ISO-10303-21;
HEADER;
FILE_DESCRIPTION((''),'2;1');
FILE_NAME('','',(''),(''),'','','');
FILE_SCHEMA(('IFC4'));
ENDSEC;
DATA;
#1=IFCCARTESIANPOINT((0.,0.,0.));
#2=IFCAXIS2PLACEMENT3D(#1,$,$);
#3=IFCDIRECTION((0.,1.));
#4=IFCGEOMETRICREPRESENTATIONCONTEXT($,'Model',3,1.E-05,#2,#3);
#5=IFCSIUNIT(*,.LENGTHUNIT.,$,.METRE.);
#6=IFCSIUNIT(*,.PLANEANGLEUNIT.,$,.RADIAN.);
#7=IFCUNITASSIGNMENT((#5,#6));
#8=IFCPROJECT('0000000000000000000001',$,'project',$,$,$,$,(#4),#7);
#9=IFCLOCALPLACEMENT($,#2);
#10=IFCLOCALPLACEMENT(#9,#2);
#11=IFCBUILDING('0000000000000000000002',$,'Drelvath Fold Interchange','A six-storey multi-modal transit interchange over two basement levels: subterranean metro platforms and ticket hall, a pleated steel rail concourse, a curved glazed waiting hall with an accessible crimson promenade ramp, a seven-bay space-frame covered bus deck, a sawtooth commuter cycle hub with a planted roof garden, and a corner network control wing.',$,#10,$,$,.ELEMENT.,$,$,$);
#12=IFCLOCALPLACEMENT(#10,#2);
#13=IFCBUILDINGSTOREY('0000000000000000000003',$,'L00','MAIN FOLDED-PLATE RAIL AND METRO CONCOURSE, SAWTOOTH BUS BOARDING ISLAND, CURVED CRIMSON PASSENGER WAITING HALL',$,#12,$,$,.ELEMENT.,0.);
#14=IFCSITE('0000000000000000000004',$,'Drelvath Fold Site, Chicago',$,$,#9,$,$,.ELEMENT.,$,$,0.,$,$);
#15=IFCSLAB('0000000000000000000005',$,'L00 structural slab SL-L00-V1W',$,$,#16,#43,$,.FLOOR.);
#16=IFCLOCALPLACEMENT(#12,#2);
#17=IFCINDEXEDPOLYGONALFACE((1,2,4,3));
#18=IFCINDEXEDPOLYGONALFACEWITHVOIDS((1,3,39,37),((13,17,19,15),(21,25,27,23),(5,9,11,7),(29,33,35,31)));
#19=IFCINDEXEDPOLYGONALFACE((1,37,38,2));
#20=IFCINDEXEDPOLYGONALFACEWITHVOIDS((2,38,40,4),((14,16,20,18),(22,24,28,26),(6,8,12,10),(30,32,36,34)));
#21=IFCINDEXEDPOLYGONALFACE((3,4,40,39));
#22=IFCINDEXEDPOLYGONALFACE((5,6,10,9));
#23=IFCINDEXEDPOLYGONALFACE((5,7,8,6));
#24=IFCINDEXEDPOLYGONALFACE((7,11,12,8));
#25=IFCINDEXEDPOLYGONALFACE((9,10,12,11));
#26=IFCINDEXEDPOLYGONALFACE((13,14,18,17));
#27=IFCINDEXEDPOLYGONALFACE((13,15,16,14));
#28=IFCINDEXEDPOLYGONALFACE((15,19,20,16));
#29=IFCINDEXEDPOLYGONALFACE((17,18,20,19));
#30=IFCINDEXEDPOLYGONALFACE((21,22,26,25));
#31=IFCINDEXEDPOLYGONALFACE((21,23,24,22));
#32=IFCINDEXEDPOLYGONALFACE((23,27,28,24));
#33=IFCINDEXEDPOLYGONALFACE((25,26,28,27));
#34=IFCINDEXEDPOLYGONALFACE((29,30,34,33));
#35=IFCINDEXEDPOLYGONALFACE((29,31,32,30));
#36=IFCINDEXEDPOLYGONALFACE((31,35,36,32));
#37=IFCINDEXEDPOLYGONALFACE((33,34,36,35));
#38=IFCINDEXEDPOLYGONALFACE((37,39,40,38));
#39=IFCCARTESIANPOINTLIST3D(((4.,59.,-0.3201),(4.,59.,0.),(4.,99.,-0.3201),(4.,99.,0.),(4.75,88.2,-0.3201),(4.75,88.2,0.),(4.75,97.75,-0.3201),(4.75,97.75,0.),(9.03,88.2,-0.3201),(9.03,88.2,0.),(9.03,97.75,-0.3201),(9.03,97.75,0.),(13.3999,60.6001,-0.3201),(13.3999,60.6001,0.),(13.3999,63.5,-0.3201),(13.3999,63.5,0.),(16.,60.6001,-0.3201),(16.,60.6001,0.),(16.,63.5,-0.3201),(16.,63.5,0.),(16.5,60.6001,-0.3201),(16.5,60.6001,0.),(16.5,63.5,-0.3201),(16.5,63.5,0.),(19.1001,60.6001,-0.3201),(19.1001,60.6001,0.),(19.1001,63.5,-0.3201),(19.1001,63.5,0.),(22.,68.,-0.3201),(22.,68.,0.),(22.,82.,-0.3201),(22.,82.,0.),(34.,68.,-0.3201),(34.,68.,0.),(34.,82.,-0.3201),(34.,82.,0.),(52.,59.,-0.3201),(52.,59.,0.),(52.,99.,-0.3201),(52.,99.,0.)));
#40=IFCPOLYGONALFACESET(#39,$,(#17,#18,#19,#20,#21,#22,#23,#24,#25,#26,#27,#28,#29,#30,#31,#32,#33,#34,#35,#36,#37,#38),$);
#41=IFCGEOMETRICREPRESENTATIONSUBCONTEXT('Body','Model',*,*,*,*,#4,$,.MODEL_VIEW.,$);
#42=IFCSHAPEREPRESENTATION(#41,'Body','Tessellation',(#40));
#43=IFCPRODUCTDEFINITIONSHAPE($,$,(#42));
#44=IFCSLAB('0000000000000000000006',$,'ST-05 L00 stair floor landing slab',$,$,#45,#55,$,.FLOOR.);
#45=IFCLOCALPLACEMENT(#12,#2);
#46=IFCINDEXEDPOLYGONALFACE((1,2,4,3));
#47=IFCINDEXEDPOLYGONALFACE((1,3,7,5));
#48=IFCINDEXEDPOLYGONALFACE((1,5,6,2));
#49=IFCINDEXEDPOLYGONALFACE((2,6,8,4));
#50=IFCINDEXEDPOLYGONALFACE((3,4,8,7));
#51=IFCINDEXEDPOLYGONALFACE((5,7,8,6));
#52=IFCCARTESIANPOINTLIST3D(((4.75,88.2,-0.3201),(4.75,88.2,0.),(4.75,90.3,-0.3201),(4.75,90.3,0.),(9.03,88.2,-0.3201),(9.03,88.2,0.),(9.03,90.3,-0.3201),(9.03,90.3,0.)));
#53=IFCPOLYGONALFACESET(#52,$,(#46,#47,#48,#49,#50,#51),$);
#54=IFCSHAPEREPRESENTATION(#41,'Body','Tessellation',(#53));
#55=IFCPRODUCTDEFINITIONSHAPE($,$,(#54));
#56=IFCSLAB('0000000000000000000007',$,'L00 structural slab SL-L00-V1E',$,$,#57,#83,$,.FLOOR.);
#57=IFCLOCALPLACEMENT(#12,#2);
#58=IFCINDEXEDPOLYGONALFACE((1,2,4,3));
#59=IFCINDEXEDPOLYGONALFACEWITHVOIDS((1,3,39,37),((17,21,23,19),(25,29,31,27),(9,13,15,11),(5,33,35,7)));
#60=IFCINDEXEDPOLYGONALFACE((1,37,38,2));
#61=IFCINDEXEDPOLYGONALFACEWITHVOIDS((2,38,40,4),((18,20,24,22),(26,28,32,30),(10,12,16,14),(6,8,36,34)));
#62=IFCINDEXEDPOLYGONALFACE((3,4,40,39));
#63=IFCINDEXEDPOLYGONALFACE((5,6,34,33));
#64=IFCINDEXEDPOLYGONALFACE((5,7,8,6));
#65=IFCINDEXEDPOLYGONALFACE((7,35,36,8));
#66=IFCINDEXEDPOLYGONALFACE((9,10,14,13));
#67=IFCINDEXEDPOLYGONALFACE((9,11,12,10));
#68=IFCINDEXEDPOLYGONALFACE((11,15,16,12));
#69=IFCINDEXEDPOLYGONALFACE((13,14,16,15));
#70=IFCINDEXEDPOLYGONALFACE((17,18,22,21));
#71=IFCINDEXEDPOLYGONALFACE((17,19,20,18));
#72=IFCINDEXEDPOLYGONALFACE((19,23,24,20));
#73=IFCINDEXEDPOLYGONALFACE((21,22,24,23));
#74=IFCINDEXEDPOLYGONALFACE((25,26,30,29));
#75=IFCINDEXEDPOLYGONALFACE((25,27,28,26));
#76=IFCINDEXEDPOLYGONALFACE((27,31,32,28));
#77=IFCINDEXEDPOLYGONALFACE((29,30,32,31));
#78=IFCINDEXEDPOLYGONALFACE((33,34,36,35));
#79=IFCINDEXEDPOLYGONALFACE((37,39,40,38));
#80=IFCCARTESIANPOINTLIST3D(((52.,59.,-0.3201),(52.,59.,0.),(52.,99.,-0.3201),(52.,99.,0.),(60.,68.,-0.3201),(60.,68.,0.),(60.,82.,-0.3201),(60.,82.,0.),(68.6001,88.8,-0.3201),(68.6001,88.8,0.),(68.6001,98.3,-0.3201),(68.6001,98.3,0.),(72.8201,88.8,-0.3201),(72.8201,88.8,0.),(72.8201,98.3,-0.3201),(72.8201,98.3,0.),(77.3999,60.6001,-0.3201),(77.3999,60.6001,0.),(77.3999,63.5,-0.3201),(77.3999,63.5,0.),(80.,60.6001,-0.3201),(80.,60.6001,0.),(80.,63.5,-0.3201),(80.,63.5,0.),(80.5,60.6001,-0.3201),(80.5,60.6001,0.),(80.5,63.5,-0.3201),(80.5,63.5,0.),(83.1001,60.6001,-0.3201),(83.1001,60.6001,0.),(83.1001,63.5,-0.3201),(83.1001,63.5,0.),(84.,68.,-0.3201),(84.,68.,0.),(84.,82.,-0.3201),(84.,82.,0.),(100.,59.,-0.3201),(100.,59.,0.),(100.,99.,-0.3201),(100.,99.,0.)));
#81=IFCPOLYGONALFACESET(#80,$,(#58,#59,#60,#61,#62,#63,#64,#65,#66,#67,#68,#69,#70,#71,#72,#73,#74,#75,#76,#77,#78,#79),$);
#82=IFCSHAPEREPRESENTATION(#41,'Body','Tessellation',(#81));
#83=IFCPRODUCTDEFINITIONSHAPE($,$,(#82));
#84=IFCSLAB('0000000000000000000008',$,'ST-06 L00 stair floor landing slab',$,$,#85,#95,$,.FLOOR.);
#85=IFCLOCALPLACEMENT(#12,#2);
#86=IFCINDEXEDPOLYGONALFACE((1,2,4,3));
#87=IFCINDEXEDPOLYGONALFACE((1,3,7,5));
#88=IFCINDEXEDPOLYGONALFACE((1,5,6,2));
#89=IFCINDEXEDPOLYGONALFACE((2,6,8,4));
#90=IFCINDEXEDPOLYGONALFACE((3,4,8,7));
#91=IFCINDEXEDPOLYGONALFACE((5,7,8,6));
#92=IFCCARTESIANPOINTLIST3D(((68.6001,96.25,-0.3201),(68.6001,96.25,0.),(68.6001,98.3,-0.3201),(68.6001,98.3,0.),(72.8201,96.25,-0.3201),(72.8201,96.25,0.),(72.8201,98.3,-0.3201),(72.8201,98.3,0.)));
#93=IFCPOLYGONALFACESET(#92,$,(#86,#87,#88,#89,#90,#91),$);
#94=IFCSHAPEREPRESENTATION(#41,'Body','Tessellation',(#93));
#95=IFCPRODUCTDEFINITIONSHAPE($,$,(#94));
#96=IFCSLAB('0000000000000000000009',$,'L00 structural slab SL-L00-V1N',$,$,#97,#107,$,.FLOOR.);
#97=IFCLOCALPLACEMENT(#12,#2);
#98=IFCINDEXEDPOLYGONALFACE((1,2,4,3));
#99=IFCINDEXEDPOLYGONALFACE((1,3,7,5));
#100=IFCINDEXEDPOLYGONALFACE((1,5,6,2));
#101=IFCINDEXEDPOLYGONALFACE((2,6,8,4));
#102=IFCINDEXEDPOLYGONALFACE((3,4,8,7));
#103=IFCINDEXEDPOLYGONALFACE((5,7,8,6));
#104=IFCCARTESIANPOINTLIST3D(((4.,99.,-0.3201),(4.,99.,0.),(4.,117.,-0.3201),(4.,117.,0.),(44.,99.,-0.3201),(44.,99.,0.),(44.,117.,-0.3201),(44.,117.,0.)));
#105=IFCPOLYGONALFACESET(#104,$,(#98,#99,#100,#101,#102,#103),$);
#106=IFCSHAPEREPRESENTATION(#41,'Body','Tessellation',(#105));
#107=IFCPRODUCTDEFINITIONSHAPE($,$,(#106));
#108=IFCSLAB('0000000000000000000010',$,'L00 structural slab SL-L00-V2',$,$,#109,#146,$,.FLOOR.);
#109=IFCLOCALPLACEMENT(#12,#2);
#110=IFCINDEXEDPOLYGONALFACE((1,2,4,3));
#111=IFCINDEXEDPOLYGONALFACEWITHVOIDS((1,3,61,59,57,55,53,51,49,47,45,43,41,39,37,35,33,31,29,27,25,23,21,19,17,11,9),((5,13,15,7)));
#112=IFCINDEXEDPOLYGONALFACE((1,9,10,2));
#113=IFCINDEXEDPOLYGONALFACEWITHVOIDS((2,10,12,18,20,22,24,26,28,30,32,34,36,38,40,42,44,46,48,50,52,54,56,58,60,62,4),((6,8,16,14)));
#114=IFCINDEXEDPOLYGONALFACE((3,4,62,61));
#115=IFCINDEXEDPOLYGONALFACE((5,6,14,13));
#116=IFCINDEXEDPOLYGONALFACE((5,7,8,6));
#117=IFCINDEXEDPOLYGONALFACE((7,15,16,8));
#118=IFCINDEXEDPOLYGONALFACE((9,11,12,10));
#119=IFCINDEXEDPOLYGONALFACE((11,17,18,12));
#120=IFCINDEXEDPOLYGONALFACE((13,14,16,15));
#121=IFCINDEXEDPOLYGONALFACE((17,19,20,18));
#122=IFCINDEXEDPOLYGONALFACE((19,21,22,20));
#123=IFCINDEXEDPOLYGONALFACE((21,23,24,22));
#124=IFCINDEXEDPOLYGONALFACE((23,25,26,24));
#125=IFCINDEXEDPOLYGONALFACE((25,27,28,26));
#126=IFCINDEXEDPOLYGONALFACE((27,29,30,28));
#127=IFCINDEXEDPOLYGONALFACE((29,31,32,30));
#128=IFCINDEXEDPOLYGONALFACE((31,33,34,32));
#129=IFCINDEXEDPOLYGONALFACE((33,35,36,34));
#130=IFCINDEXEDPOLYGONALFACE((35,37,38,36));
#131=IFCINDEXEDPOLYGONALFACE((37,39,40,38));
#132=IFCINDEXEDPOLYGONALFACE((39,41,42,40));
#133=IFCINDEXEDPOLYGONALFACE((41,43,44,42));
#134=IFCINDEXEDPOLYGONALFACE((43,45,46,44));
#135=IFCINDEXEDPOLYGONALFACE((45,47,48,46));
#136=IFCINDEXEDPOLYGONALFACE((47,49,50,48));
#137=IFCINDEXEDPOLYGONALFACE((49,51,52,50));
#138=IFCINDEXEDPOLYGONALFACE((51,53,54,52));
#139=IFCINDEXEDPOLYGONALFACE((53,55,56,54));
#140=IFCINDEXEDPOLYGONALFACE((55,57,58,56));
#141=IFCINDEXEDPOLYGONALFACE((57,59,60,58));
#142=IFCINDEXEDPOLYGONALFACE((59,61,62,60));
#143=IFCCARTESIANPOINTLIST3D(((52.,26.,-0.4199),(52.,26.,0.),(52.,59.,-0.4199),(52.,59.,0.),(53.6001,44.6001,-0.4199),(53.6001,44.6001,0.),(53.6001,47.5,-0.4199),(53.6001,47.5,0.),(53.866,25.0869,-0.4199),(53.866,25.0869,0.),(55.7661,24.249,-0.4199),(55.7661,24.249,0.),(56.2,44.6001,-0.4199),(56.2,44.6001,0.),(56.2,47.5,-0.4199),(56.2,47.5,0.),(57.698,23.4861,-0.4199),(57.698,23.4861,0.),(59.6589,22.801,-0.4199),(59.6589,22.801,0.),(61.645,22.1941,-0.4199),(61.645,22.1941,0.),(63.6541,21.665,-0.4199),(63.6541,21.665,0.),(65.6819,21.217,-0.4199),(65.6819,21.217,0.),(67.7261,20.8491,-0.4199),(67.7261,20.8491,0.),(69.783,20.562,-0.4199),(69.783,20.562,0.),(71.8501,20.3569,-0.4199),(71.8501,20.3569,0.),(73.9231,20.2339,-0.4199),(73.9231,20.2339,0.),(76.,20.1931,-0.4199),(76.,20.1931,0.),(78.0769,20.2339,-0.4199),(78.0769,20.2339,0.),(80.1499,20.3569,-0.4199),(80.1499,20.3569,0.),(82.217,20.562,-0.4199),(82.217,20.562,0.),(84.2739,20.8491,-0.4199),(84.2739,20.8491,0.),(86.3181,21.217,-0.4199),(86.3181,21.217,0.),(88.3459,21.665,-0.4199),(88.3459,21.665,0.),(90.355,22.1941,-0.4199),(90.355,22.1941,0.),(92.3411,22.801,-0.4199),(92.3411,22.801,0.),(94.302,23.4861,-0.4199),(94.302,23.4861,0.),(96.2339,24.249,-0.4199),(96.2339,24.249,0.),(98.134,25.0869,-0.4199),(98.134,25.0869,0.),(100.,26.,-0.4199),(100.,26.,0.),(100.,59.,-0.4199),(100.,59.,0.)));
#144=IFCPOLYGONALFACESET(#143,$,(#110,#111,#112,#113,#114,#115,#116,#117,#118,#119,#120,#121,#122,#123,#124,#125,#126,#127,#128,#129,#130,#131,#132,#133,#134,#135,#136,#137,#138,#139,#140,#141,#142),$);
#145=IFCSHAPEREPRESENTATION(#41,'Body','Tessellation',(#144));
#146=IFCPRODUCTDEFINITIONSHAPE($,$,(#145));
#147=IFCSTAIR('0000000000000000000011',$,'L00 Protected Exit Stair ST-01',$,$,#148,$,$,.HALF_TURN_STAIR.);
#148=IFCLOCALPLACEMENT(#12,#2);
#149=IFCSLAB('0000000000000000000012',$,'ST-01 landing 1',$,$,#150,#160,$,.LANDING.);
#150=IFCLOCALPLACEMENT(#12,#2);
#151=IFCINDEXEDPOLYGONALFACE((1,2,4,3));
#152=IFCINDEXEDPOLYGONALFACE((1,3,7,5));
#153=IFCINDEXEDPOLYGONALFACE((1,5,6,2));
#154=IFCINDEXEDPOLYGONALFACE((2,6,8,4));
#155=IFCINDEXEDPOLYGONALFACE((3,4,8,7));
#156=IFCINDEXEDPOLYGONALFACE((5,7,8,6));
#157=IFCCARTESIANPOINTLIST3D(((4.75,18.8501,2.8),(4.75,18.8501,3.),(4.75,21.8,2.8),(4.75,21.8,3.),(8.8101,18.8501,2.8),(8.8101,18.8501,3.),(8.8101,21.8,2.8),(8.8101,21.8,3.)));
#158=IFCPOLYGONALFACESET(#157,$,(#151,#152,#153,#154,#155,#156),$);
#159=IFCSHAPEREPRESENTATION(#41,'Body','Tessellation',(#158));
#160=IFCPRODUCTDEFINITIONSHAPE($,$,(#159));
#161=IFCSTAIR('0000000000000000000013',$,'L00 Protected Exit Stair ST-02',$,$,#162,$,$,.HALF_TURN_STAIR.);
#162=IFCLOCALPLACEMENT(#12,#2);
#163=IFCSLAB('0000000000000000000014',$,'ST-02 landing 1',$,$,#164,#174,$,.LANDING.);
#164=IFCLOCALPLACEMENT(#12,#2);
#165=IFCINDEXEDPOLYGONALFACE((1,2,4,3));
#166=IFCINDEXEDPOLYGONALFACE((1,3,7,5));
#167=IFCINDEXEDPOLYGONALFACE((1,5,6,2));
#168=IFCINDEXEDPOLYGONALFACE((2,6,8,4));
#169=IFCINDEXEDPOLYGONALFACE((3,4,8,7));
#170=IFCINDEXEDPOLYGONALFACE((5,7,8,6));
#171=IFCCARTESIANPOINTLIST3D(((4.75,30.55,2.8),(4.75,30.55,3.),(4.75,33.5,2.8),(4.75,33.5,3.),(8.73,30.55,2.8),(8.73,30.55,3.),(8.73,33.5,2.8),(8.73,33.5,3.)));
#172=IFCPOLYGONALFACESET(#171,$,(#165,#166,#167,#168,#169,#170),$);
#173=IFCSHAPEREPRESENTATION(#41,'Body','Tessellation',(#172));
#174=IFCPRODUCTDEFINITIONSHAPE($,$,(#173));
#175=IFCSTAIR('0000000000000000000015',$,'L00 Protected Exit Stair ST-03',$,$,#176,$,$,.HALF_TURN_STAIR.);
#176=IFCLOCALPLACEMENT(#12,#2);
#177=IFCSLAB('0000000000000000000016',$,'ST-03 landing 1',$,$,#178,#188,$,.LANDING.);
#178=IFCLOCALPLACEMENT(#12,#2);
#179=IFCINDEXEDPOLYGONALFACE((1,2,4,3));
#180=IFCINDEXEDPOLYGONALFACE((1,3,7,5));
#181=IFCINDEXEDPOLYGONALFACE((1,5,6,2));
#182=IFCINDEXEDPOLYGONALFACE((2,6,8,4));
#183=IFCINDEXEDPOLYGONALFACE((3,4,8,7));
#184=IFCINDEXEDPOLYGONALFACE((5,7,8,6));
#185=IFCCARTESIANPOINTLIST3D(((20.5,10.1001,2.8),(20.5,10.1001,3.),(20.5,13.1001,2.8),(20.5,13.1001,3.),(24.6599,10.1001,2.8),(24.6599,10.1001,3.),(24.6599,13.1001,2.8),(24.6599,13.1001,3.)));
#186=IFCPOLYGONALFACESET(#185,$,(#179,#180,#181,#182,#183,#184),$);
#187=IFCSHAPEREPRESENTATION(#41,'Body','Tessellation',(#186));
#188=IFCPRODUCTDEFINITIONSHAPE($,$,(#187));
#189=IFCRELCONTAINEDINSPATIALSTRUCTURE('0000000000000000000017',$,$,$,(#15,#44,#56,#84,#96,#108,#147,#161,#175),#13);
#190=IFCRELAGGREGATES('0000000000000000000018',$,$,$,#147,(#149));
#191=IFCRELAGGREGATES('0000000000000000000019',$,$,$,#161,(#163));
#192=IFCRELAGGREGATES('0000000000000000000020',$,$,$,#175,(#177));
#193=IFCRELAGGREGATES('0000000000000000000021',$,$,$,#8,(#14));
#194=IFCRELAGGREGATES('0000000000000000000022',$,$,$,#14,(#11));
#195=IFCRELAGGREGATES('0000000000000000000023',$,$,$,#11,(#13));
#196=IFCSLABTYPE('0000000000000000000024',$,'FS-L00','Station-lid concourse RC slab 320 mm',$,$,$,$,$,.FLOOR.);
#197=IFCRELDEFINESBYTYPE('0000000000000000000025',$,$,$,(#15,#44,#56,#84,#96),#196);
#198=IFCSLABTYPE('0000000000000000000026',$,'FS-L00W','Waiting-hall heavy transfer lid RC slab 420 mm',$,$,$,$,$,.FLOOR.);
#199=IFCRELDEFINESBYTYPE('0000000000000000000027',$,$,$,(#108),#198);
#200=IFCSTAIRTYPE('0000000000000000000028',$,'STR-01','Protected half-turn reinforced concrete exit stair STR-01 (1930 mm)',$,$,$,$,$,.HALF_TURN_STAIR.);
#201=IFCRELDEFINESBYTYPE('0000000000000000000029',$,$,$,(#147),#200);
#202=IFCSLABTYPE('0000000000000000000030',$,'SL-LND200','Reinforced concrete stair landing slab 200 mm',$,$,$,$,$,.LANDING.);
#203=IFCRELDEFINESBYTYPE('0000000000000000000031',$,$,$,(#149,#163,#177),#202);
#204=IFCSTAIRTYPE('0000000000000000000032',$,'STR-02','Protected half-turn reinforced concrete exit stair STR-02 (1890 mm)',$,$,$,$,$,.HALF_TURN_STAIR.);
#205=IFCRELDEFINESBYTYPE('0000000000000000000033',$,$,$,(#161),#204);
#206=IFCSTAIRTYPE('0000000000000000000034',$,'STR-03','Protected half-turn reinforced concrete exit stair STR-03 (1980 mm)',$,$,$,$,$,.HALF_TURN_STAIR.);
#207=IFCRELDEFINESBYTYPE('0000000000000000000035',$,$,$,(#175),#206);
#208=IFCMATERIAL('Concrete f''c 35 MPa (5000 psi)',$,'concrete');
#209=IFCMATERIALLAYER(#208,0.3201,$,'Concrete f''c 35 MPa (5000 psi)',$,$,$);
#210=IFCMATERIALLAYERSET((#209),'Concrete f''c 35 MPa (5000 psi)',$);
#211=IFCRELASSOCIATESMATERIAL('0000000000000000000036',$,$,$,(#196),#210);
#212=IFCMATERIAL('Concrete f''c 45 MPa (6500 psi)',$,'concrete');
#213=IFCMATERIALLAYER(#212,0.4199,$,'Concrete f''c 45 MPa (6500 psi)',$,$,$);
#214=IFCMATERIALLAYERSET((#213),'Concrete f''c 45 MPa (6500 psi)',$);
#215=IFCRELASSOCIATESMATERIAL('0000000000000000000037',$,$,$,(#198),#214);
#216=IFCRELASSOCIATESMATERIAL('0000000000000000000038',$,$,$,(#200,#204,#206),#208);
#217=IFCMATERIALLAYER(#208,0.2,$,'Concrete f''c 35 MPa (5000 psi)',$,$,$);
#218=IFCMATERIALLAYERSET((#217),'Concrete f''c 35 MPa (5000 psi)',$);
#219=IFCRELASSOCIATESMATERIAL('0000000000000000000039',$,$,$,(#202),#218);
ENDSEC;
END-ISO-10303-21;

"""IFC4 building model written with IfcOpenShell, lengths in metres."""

from ifc_helpers import new_model, si_unit, direction, frame, origin, place, context, subcontext, project, spatial, polyline, outline, extrude, material, layer, layer_set, type_object, element, aggregate, save


model = new_model("IFC4")

# Units and contexts
model_context = context("Model", 3, precision=1e-05, world=origin(), true_north=direction((0.0, 1.0)))
body_context = subcontext(model_context, "Body", "Model", "MODEL_VIEW")
ifc_project = project(units=[si_unit("LENGTHUNIT", "METRE"), si_unit("PLANEANGLEUNIT", "RADIAN")], contexts=[model_context])

# Site, building, storey
site_placement = place(None, origin())
site = spatial("IfcSite", under=ifc_project, at=site_placement, Name="Drelvath Fold Site, Chicago", CompositionType="ELEMENT", RefElevation=0.0)
building_placement = place(site_placement, origin())
building = spatial("IfcBuilding", under=site, at=building_placement, Name="Drelvath Fold Interchange", Description="A six-storey multi-modal transit interchange over two basement levels: subterranean metro platforms and ticket hall, a pleated steel rail concourse, a curved glazed waiting hall with an accessible crimson promenade ramp, a seven-bay space-frame covered bus deck, a sawtooth commuter cycle hub with a planted roof garden, and a corner network control wing.", CompositionType="ELEMENT")
storey_placement = place(building_placement, origin())
storey = spatial("IfcBuildingStorey", under=building, at=storey_placement, Name="L00", Description="MAIN FOLDED-PLATE RAIL AND METRO CONCOURSE, SAWTOOTH BUS BOARDING ISLAND, CURVED CRIMSON PASSENGER WAITING HALL", CompositionType="ELEMENT", Elevation=0.0)

# Slabs
ifc_material_1 = material(Name="Concrete f'c 45 MPa (6500 psi)", Category="concrete")
ifc_material_2 = material(Name="Concrete f'c 35 MPa (5000 psi)", Category="concrete")
ifc_layer_1 = layer(ifc_material_2, 0.3201, Name="Concrete f'c 35 MPa (5000 psi)")
ifc_layer_set_1 = layer_set([ifc_layer_1], Name="Concrete f'c 35 MPa (5000 psi)")
slab_type_1 = type_object("IfcSlabType", Name="FS-L00", Description="Station-lid concourse RC slab 320 mm", PredefinedType="FLOOR", material=ifc_layer_set_1)
slab_1_placement = place(storey_placement, frame((0.0, 0.0, -0.3201)))
element("IfcSlab", 1, at=slab_1_placement, inside=storey, type_object=slab_type_1, Name="L00 structural slab SL-L00-V1W", PredefinedType="FLOOR", context=body_context, shape_type="SweptSolid", body=[
    extrude(outline(polyline([(4.0, 59.0), (52.0, 59.0), (52.0, 99.0), (4.0, 99.0), (4.0, 59.0)]), holes=[polyline([(22.0, 68.0), (22.0, 82.0), (34.0, 82.0), (34.0, 68.0), (22.0, 68.0)]), polyline([(4.75, 88.2), (4.75, 97.75), (9.03, 97.75), (9.03, 88.2), (4.75, 88.2)]), polyline([(13.3999, 60.6001), (13.3999, 63.5), (16.0, 63.5), (16.0, 60.6001), (13.3999, 60.6001)]), polyline([(16.5, 60.6001), (16.5, 63.5), (19.1001, 63.5), (19.1001, 60.6001), (16.5, 60.6001)])]), origin(), (0.0, 0.0, 1.0), 0.3201),
])
slab_2_placement = place(storey_placement, frame((0.0, 0.0, -0.3201)))
element("IfcSlab", 2, at=slab_2_placement, inside=storey, type_object=slab_type_1, Name="ST-05 L00 stair floor landing slab", PredefinedType="FLOOR", context=body_context, shape_type="SweptSolid", body=[
    extrude(outline(polyline([(4.75, 88.2), (9.03, 88.2), (9.03, 90.3), (4.75, 90.3), (4.75, 88.2)])), origin(), (0.0, 0.0, 1.0), 0.3201),
])
slab_3_placement = place(storey_placement, frame((0.0, 0.0, -0.3201)))
element("IfcSlab", 3, at=slab_3_placement, inside=storey, type_object=slab_type_1, Name="L00 structural slab SL-L00-V1E", PredefinedType="FLOOR", context=body_context, shape_type="SweptSolid", body=[
    extrude(outline(polyline([(52.0, 59.0), (100.0, 59.0), (100.0, 99.0), (52.0, 99.0), (52.0, 59.0)]), holes=[polyline([(60.0, 68.0), (60.0, 82.0), (84.0, 82.0), (84.0, 68.0), (60.0, 68.0)]), polyline([(68.6001, 88.8), (68.6001, 98.3), (72.8201, 98.3), (72.8201, 88.8), (68.6001, 88.8)]), polyline([(77.3999, 60.6001), (77.3999, 63.5), (80.0, 63.5), (80.0, 60.6001), (77.3999, 60.6001)]), polyline([(80.5, 60.6001), (80.5, 63.5), (83.1001, 63.5), (83.1001, 60.6001), (80.5, 60.6001)])]), origin(), (0.0, 0.0, 1.0), 0.3201),
])
slab_4_placement = place(storey_placement, frame((0.0, 0.0, -0.3201)))
element("IfcSlab", 4, at=slab_4_placement, inside=storey, type_object=slab_type_1, Name="ST-06 L00 stair floor landing slab", PredefinedType="FLOOR", context=body_context, shape_type="SweptSolid", body=[
    extrude(outline(polyline([(68.6001, 96.25), (72.8201, 96.25), (72.8201, 98.3), (68.6001, 98.3), (68.6001, 96.25)])), origin(), (0.0, 0.0, 1.0), 0.3201),
])
slab_5_placement = place(storey_placement, frame((0.0, 0.0, -0.3201)))
element("IfcSlab", 5, at=slab_5_placement, inside=storey, type_object=slab_type_1, Name="L00 structural slab SL-L00-V1N", PredefinedType="FLOOR", context=body_context, shape_type="SweptSolid", body=[
    extrude(outline(polyline([(4.0, 99.0), (44.0, 99.0), (44.0, 117.0), (4.0, 117.0), (4.0, 99.0)])), origin(), (0.0, 0.0, 1.0), 0.3201),
])
ifc_layer_2 = layer(ifc_material_1, 0.4199, Name="Concrete f'c 45 MPa (6500 psi)")
ifc_layer_set_2 = layer_set([ifc_layer_2], Name="Concrete f'c 45 MPa (6500 psi)")
slab_type_2 = type_object("IfcSlabType", Name="FS-L00W", Description="Waiting-hall heavy transfer lid RC slab 420 mm", PredefinedType="FLOOR", material=ifc_layer_set_2)
slab_6_placement = place(storey_placement, frame((0.0, 0.0, -0.4199)))
element("IfcSlab", 6, at=slab_6_placement, inside=storey, type_object=slab_type_2, Name="L00 structural slab SL-L00-V2", PredefinedType="FLOOR", context=body_context, shape_type="SweptSolid", body=[
    extrude(outline(polyline([(52.0, 26.0), (53.866, 25.0869), (55.7661, 24.249), (57.698, 23.4861), (59.6589, 22.801), (61.645, 22.1941), (63.6541, 21.665), (65.6819, 21.217), (67.7261, 20.8491), (69.783, 20.562), (71.8501, 20.3569), (73.9231, 20.2339), (76.0, 20.1931), (78.0769, 20.2339), (80.1499, 20.3569), (82.217, 20.562), (84.2739, 20.8491), (86.3181, 21.217), (88.3459, 21.665), (90.355, 22.1941), (92.3411, 22.801), (94.302, 23.4861), (96.2339, 24.249), (98.134, 25.0869), (100.0, 26.0), (100.0, 59.0), (52.0, 59.0), (52.0, 26.0)]), holes=[polyline([(53.6001, 44.6001), (53.6001, 47.5), (56.2, 47.5), (56.2, 44.6001), (53.6001, 44.6001)])]), origin(), (0.0, 0.0, 1.0), 0.4199),
])

# Stairs, slabs
stair_type_1 = type_object("IfcStairType", Name="STR-01", Description="Protected half-turn reinforced concrete exit stair STR-01 (1930 mm)", PredefinedType="HALF_TURN_STAIR", material=ifc_material_2)
stair_1_placement = place(storey_placement, origin())
stair_1 = element("IfcStair", 7, at=stair_1_placement, inside=storey, type_object=stair_type_1, Name="L00 Protected Exit Stair ST-01", PredefinedType="HALF_TURN_STAIR")
ifc_layer_3 = layer(ifc_material_2, 0.2, Name="Concrete f'c 35 MPa (5000 psi)")
ifc_layer_set_3 = layer_set([ifc_layer_3], Name="Concrete f'c 35 MPa (5000 psi)")
slab_type_3 = type_object("IfcSlabType", Name="SL-LND200", Description="Reinforced concrete stair landing slab 200 mm", PredefinedType="LANDING", material=ifc_layer_set_3)
slab_7_placement = place(storey_placement, frame((0.0, 0.0, 2.8)))
slab_7 = element("IfcSlab", 8, at=slab_7_placement, type_object=slab_type_3, Name="ST-01 landing 1", PredefinedType="LANDING", context=body_context, shape_type="SweptSolid", body=[
    extrude(outline(polyline([(8.8101, 18.8501), (8.8101, 21.8), (4.75, 21.8), (4.75, 18.8501), (8.8101, 18.8501)])), origin(), (0.0, 0.0, 1.0), 0.2),
])
aggregate(stair_1, [slab_7])
stair_type_2 = type_object("IfcStairType", Name="STR-02", Description="Protected half-turn reinforced concrete exit stair STR-02 (1890 mm)", PredefinedType="HALF_TURN_STAIR", material=ifc_material_2)
stair_2_placement = place(storey_placement, origin())
stair_2 = element("IfcStair", 9, at=stair_2_placement, inside=storey, type_object=stair_type_2, Name="L00 Protected Exit Stair ST-02", PredefinedType="HALF_TURN_STAIR")
slab_8_placement = place(storey_placement, frame((0.0, 0.0, 2.8)))
slab_8 = element("IfcSlab", 10, at=slab_8_placement, type_object=slab_type_3, Name="ST-02 landing 1", PredefinedType="LANDING", context=body_context, shape_type="SweptSolid", body=[
    extrude(outline(polyline([(8.73, 30.55), (8.73, 33.5), (4.75, 33.5), (4.75, 30.55), (8.73, 30.55)])), origin(), (0.0, 0.0, 1.0), 0.2),
])
aggregate(stair_2, [slab_8])
stair_type_3 = type_object("IfcStairType", Name="STR-03", Description="Protected half-turn reinforced concrete exit stair STR-03 (1980 mm)", PredefinedType="HALF_TURN_STAIR", material=ifc_material_2)
stair_3_placement = place(storey_placement, origin())
stair_3 = element("IfcStair", 11, at=stair_3_placement, inside=storey, type_object=stair_type_3, Name="L00 Protected Exit Stair ST-03", PredefinedType="HALF_TURN_STAIR")
slab_9_placement = place(storey_placement, frame((0.0, 0.0, 2.8)))
slab_9 = element("IfcSlab", 12, at=slab_9_placement, type_object=slab_type_3, Name="ST-03 landing 1", PredefinedType="LANDING", context=body_context, shape_type="SweptSolid", body=[
    extrude(outline(polyline([(24.6599, 10.1001), (24.6599, 13.1001), (20.5, 13.1001), (20.5, 10.1001), (24.6599, 10.1001)])), origin(), (0.0, 0.0, 1.0), 0.2),
])
aggregate(stair_3, [slab_9])

save(model, "model.ifc")
